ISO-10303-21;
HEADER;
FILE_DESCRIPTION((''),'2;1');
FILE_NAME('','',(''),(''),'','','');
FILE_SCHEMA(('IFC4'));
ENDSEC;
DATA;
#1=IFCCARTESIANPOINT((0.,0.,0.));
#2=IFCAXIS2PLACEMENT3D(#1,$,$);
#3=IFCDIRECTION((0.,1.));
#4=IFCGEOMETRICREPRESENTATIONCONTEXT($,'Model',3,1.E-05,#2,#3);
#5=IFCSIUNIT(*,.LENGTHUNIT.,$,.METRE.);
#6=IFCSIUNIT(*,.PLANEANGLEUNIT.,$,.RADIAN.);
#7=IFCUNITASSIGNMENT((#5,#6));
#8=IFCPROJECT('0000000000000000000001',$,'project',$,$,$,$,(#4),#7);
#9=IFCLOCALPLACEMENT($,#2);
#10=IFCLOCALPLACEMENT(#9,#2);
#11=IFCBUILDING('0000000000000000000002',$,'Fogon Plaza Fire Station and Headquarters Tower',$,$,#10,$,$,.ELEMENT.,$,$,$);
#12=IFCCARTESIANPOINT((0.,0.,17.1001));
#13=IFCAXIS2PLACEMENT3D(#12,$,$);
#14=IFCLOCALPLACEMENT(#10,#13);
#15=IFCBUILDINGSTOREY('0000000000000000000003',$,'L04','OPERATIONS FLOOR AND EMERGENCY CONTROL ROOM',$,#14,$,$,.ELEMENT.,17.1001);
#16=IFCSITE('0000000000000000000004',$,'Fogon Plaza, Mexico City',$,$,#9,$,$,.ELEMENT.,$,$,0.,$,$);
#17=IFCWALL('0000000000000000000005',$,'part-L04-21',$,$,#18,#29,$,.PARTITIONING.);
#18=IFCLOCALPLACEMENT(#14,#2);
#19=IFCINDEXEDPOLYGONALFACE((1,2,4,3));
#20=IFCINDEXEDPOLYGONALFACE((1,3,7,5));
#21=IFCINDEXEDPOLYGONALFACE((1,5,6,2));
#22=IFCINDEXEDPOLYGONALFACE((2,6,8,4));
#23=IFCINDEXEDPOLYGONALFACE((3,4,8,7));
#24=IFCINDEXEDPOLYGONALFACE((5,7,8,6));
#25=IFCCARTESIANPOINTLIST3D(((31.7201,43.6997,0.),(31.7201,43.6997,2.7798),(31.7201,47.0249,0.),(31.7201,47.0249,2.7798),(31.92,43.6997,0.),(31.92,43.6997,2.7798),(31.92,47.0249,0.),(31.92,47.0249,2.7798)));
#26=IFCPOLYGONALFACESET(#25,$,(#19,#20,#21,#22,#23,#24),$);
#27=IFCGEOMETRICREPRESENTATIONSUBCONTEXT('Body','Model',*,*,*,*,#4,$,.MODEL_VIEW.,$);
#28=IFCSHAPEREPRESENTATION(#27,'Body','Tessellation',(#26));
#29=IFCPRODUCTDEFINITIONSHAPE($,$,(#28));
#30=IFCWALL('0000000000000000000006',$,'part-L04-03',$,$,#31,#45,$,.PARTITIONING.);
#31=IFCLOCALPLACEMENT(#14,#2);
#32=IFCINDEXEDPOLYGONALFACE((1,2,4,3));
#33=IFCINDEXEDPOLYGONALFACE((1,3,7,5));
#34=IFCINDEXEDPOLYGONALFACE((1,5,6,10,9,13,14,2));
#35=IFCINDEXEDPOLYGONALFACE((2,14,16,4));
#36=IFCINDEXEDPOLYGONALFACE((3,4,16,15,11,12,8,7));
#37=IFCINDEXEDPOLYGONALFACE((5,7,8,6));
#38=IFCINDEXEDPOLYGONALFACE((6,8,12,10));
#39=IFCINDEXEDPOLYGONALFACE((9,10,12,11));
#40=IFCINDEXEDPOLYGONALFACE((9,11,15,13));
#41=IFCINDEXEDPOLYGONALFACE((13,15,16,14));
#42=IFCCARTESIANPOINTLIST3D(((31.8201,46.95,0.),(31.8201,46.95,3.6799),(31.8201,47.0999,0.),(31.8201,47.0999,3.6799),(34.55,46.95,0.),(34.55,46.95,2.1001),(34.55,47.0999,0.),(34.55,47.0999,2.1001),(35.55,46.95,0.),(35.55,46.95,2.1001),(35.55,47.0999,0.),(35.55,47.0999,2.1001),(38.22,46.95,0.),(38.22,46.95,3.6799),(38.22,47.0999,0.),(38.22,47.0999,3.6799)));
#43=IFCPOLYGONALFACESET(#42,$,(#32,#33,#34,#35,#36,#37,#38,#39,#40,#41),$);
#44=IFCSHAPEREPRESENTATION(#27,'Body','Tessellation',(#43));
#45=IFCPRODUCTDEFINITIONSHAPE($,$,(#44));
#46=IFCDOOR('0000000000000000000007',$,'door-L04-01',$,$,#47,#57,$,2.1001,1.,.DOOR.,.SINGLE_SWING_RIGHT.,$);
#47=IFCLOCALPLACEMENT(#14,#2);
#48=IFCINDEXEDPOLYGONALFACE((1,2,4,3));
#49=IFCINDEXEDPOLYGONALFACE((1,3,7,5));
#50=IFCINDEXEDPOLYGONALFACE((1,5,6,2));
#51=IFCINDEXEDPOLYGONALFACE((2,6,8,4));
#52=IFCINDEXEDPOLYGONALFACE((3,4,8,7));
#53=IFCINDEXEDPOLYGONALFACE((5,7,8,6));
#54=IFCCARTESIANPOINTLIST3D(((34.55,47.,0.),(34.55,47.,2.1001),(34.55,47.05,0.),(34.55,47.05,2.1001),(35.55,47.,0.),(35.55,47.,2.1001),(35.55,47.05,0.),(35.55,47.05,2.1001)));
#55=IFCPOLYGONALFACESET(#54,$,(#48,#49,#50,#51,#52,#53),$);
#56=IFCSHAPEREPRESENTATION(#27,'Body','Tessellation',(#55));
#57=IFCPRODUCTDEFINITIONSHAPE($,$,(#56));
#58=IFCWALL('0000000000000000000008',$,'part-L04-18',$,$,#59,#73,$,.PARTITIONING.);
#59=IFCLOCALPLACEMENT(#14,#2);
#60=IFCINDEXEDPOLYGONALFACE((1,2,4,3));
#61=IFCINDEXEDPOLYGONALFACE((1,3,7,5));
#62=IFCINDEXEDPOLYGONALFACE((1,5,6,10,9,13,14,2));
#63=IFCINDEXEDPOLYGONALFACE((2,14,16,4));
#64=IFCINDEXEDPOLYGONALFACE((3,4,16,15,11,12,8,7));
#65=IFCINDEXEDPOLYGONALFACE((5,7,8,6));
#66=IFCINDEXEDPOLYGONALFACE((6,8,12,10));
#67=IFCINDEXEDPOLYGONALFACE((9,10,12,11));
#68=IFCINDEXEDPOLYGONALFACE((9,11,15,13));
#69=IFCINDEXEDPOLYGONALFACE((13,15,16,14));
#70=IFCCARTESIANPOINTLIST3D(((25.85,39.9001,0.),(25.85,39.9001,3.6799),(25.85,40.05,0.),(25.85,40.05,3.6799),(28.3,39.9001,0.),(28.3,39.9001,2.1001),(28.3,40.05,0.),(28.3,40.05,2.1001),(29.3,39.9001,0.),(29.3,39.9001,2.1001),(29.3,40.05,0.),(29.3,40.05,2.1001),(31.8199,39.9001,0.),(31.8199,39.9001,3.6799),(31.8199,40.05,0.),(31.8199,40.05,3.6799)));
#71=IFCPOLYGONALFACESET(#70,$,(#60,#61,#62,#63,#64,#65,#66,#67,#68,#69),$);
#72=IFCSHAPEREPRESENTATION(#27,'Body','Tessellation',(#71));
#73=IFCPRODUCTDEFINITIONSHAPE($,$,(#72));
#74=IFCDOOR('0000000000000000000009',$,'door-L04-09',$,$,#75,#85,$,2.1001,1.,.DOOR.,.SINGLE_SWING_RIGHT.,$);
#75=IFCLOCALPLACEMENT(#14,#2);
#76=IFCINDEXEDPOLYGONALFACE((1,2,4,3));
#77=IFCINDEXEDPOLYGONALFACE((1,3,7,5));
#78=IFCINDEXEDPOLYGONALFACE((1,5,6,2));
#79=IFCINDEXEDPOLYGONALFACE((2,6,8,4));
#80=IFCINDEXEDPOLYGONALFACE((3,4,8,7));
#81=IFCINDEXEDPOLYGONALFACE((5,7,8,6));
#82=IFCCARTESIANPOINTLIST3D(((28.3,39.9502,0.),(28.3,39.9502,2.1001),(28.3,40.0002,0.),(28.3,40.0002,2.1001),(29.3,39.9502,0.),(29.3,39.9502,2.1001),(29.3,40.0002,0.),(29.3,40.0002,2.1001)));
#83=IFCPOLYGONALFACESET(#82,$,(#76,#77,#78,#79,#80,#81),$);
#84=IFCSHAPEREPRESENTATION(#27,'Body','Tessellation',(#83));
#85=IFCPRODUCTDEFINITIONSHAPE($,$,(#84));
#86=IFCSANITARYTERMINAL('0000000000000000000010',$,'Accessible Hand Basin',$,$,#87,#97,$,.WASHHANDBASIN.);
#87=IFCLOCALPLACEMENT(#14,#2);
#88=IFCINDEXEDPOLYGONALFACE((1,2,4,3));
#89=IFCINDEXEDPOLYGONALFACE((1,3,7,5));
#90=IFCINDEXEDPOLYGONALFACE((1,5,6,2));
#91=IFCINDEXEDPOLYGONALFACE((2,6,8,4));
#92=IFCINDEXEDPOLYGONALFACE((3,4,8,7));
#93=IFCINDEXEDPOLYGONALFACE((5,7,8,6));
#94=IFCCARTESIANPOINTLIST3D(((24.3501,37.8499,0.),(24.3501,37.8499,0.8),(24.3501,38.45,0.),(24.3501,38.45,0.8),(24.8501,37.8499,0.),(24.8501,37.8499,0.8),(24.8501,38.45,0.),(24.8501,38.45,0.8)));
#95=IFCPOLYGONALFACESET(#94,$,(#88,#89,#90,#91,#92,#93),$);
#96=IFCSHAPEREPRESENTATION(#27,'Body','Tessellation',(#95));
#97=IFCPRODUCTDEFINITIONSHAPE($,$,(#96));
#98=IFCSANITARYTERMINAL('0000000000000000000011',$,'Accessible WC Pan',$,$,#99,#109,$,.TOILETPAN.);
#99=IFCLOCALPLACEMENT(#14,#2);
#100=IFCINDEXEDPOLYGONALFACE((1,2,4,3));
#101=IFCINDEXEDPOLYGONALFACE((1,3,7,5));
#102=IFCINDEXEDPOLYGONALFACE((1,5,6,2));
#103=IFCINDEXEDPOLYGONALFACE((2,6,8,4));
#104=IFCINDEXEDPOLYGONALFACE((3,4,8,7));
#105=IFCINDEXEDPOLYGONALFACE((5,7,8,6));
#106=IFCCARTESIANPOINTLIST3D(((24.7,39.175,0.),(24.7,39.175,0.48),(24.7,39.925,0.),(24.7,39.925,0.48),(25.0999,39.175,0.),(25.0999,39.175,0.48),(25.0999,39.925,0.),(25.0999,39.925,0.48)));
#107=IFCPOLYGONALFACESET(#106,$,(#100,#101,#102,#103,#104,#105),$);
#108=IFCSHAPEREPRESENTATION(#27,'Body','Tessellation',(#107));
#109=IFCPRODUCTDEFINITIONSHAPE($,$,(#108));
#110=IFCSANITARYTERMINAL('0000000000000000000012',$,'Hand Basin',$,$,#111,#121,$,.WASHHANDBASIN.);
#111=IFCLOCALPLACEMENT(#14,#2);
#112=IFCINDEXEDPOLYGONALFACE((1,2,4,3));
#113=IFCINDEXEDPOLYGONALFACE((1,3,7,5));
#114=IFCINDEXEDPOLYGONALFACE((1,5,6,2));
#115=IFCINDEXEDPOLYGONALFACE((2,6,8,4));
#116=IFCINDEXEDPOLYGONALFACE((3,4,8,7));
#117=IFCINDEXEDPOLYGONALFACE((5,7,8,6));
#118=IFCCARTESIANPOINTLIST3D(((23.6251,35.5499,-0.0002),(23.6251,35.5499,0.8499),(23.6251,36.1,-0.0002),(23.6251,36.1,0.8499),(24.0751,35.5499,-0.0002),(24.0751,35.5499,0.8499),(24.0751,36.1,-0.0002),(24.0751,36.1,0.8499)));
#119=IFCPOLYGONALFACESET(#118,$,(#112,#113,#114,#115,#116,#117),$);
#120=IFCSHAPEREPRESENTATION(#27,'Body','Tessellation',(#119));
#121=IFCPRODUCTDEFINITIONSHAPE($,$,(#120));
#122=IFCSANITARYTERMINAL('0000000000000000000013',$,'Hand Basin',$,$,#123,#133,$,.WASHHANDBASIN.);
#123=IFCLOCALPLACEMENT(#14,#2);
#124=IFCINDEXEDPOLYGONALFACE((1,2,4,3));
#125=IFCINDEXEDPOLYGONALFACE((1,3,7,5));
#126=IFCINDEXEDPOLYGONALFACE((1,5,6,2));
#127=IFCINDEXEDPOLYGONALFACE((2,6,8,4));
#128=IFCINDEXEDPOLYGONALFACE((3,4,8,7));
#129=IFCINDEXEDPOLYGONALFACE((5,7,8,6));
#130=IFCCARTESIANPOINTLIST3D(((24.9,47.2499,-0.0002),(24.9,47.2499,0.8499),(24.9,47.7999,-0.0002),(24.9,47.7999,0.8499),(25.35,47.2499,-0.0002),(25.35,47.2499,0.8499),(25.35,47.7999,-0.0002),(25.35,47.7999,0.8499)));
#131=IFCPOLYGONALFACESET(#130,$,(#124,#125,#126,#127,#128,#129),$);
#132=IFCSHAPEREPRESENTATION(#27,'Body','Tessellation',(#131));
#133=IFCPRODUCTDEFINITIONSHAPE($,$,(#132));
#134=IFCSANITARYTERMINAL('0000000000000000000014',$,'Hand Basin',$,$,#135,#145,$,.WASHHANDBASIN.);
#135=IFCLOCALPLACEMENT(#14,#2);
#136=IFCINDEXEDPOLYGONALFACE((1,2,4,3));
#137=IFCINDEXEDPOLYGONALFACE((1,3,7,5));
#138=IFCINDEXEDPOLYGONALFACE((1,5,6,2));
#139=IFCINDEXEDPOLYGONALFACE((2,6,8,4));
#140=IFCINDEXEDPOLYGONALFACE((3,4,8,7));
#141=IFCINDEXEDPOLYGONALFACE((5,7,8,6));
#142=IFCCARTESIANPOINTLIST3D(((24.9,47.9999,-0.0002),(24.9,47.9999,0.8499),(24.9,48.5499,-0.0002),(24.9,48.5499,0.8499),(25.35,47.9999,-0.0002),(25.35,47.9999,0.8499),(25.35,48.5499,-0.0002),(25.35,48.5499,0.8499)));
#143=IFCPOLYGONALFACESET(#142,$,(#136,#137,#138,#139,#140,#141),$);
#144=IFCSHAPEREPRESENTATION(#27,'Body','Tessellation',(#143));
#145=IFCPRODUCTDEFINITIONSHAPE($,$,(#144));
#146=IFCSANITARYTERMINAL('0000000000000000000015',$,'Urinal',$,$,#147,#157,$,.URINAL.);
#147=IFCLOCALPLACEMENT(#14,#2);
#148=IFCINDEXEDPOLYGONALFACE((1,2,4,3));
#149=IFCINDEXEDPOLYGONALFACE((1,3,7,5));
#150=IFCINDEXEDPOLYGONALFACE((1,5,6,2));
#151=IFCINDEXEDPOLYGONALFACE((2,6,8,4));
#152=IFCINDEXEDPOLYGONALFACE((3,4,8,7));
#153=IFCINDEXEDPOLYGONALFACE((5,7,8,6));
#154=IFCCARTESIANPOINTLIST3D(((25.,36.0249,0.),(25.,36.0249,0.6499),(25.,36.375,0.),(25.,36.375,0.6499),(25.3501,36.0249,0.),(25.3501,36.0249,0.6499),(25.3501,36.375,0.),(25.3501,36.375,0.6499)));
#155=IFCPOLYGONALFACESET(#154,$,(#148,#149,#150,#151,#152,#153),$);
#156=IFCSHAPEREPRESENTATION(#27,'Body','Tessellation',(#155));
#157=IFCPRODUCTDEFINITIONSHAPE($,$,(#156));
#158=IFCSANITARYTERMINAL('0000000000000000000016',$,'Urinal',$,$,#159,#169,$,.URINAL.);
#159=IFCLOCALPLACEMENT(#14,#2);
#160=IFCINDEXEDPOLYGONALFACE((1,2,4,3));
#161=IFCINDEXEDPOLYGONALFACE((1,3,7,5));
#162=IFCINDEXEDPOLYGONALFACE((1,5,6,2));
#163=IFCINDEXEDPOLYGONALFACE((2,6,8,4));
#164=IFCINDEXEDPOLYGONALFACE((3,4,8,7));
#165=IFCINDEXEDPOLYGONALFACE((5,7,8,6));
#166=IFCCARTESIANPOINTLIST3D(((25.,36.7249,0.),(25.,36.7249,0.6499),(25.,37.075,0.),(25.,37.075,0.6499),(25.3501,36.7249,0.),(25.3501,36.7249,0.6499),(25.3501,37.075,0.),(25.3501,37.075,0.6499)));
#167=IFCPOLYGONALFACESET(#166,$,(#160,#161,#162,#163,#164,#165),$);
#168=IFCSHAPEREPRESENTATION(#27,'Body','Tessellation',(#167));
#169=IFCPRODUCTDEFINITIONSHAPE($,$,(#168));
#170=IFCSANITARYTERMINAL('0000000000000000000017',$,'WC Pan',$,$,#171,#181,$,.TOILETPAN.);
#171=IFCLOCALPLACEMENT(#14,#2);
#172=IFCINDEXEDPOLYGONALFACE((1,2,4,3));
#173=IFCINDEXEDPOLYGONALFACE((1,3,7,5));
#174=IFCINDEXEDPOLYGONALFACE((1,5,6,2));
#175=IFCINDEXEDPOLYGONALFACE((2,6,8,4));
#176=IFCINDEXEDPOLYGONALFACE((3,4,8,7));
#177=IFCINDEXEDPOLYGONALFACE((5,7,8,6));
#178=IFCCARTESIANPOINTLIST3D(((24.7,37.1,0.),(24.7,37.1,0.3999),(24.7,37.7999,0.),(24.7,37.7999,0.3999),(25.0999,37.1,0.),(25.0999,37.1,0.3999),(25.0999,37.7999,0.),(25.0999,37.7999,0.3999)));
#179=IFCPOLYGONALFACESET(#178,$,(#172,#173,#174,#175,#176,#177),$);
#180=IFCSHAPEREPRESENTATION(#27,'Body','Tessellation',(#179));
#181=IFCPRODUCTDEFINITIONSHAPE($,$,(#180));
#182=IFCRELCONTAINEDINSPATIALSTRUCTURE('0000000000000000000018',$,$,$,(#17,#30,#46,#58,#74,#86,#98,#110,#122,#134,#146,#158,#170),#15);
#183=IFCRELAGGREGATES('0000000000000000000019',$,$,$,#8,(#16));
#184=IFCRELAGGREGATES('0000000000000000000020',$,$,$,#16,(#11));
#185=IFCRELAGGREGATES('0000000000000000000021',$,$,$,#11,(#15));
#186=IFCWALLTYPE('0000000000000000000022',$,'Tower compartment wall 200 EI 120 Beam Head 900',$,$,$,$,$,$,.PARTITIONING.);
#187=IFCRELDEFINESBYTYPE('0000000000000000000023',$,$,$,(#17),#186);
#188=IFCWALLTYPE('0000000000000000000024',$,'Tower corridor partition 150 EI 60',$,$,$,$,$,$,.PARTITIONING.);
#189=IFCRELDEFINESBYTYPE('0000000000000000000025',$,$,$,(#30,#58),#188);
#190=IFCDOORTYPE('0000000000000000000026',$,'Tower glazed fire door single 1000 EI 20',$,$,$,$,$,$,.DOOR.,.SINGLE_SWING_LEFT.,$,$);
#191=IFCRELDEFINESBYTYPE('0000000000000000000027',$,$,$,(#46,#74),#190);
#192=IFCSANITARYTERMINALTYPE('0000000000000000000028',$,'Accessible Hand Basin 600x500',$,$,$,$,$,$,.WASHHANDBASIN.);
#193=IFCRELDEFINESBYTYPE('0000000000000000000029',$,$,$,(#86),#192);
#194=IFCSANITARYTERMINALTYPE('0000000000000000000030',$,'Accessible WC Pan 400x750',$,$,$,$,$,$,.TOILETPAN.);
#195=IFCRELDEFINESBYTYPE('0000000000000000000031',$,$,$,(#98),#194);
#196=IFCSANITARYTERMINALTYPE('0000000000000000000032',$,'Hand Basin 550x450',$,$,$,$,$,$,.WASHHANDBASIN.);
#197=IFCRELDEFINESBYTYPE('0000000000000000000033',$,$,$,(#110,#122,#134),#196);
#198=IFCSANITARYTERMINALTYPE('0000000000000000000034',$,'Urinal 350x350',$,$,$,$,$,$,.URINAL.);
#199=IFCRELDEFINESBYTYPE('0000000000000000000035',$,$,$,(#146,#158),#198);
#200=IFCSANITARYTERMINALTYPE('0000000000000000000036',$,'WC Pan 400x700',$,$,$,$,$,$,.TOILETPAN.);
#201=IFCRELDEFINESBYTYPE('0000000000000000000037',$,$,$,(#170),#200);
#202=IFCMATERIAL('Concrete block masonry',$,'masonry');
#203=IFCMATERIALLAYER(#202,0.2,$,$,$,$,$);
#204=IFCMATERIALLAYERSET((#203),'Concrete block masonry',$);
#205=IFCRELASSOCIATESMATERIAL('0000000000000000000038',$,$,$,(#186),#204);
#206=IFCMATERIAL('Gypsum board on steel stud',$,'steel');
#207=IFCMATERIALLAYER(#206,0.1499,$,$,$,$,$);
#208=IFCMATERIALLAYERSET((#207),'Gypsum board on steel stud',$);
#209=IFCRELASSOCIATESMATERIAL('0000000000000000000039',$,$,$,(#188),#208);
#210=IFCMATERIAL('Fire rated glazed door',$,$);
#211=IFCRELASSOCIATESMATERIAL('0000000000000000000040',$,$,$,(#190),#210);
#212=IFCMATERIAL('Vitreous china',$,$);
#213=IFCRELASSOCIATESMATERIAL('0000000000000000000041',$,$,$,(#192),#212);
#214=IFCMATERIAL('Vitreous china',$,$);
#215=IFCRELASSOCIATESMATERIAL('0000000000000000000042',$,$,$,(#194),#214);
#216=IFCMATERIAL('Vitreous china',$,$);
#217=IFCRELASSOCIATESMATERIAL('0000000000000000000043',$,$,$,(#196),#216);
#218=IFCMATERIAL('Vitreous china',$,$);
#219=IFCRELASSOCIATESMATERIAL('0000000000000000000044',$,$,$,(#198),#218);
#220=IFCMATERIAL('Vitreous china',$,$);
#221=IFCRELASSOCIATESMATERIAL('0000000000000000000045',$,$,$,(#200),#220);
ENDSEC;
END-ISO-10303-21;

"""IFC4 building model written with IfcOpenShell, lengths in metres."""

from ifc_helpers import new_model, si_unit, direction, frame, frame_2d, origin, origin_2d, place, context, subcontext, project, spatial, rectangle, extrude, material, layer, layer_set, type_object, element, fill, save


model = new_model("IFC4")

# Units and contexts
model_context = context("Model", 3, precision=1e-05, world=origin(), true_north=direction((0.0, 1.0)))
body_context = subcontext(model_context, "Body", "Model", "MODEL_VIEW")
ifc_project = project(units=[si_unit("LENGTHUNIT", "METRE"), si_unit("PLANEANGLEUNIT", "RADIAN")], contexts=[model_context])

# Site, building, storey
site_placement = place(None, origin())
site = spatial("IfcSite", under=ifc_project, at=site_placement, Name="Fogon Plaza, Mexico City", CompositionType="ELEMENT", RefElevation=0.0)
building_placement = place(site_placement, origin())
building = spatial("IfcBuilding", under=site, at=building_placement, Name="Fogon Plaza Fire Station and Headquarters Tower", CompositionType="ELEMENT")
storey_placement = place(building_placement, frame((0.0, 0.0, 17.1001)))
storey = spatial("IfcBuildingStorey", under=building, at=storey_placement, Name="L04", Description="OPERATIONS FLOOR AND EMERGENCY CONTROL ROOM", CompositionType="ELEMENT", Elevation=17.1001)

# Wall
ifc_material_1 = material(Name="Concrete block masonry", Category="masonry")
ifc_layer_1 = layer(ifc_material_1, 0.2)
ifc_layer_set_1 = layer_set([ifc_layer_1], Name="Concrete block masonry")
wall_type_1 = type_object("IfcWallType", Name="Tower compartment wall 200 EI 120 Beam Head 900", PredefinedType="PARTITIONING", material=ifc_layer_set_1)
wall_1_placement = place(storey_placement, frame((31.8201, 43.6997, 0.0), z_axis=(0.0, 0.0, 1.0), x_axis=(0.0, 1.0, 0.0)))
element("IfcWall", 1, at=wall_1_placement, inside=storey, type_object=wall_type_1, Name="part-L04-21", PredefinedType="PARTITIONING", context=body_context, shape_type="SweptSolid", body=[
    extrude(rectangle(XDim=3.3252, YDim=0.2, at=frame_2d((1.6626, 0.0))), origin(), (0.0, 0.0, 1.0), 2.7798),
])

# Walls, openings, doors
ifc_material_2 = material(Name="Gypsum board on steel stud", Category="steel")
ifc_layer_2 = layer(ifc_material_2, 0.1499)
ifc_layer_set_2 = layer_set([ifc_layer_2], Name="Gypsum board on steel stud")
wall_type_2 = type_object("IfcWallType", Name="Tower corridor partition 150 EI 60", PredefinedType="PARTITIONING", material=ifc_layer_set_2)
wall_2_placement = place(storey_placement, frame((31.8201, 47.0249, 0.0), z_axis=(0.0, 0.0, 1.0), x_axis=(1.0, 0.0, 0.0)))
wall_2 = element("IfcWall", 2, at=wall_2_placement, inside=storey, type_object=wall_type_2, Name="part-L04-03", PredefinedType="PARTITIONING", context=body_context, shape_type="SweptSolid", body=[
    extrude(rectangle(XDim=6.3999, YDim=0.1499, at=frame_2d((3.2, 0.0))), origin(), (0.0, 0.0, 1.0), 3.6799),
])
opening_1_placement = place(wall_2_placement, frame((2.73, 0.0, 0.0)))
opening_1 = element("IfcOpeningElement", 3, at=opening_1_placement, cuts=wall_2, PredefinedType="OPENING", context=body_context, shape_type="SweptSolid", body=[
    extrude(rectangle(XDim=1.0, YDim=2.1001, at=frame_2d((0.5, 1.05))), frame((0.0, 0.085, 0.0), z_axis=(0.0, -1.0, 0.0), x_axis=(1.0, 0.0, 0.0)), (0.0, 0.0, 1.0), 0.1699),
])
ifc_material_3 = material(Name="Fire rated glazed door")
door_type_1 = type_object("IfcDoorType", Name="Tower glazed fire door single 1000 EI 20", OperationType="SINGLE_SWING_LEFT", PredefinedType="DOOR", material=ifc_material_3)
door_1_placement = place(opening_1_placement, frame((1.0, 0.0, 0.0), z_axis=(0.0, 0.0, 1.0), x_axis=(-1.0, 0.0, 0.0)))
door_1 = element("IfcDoor", 4, at=door_1_placement, inside=storey, type_object=door_type_1, Name="door-L04-01", OperationType="SINGLE_SWING_RIGHT", OverallHeight=2.1001, OverallWidth=1.0, PredefinedType="DOOR", context=body_context, shape_type="SweptSolid", body=[
    extrude(rectangle(XDim=1.0, YDim=2.1001, at=frame_2d((0.5, 1.05))), frame((0.0, 0.0249, 0.0), z_axis=(0.0, -1.0, 0.0), x_axis=(1.0, 0.0, 0.0)), (0.0, 0.0, 1.0), 0.05),
])
fill(opening_1, door_1)
wall_3_placement = place(storey_placement, frame((25.8501, 39.9751, 0.0), z_axis=(0.0, 0.0, 1.0), x_axis=(1.0, 0.0, 0.0)))
wall_3 = element("IfcWall", 5, at=wall_3_placement, inside=storey, type_object=wall_type_2, Name="part-L04-18", PredefinedType="PARTITIONING", context=body_context, shape_type="SweptSolid", body=[
    extrude(rectangle(XDim=5.97, YDim=0.1499, at=frame_2d((2.9849, 0.0))), origin(), (0.0, 0.0, 1.0), 3.6799),
])
opening_2_placement = place(wall_3_placement, frame((2.45, 0.0, 0.0)))
opening_2 = element("IfcOpeningElement", 6, at=opening_2_placement, cuts=wall_3, PredefinedType="OPENING", context=body_context, shape_type="SweptSolid", body=[
    extrude(rectangle(XDim=1.0, YDim=2.1001, at=frame_2d((0.5, 1.05))), frame((0.0, 0.085, 0.0), z_axis=(0.0, -1.0, 0.0), x_axis=(1.0, 0.0, 0.0)), (0.0, 0.0, 1.0), 0.1699),
])
door_2_placement = place(opening_2_placement, frame((1.0, 0.0, 0.0), z_axis=(0.0, 0.0, 1.0), x_axis=(-1.0, 0.0, 0.0)))
door_2 = element("IfcDoor", 7, at=door_2_placement, inside=storey, type_object=door_type_1, Name="door-L04-09", OperationType="SINGLE_SWING_RIGHT", OverallHeight=2.1001, OverallWidth=1.0, PredefinedType="DOOR", context=body_context, shape_type="SweptSolid", body=[
    extrude(rectangle(XDim=1.0, YDim=2.1001, at=frame_2d((0.5, 1.05))), frame((0.0, 0.0249, 0.0), z_axis=(0.0, -1.0, 0.0), x_axis=(1.0, 0.0, 0.0)), (0.0, 0.0, 1.0), 0.05),
])
fill(opening_2, door_2)

# Sanitary terminals
ifc_material_4 = material(Name="Vitreous china")
sanitary_terminal_type_1 = type_object("IfcSanitaryTerminalType", Name="Accessible Hand Basin 600x500", PredefinedType="WASHHANDBASIN", material=ifc_material_4)
sanitary_terminal_1_placement = place(storey_placement, frame((24.6001, 38.1499, 0.0), z_axis=(0.0, 0.0, 1.0), x_axis=(1.0, 0.0, 0.0)))
element("IfcSanitaryTerminal", 8, at=sanitary_terminal_1_placement, inside=storey, type_object=sanitary_terminal_type_1, Name="Accessible Hand Basin", PredefinedType="WASHHANDBASIN", context=body_context, shape_type="SweptSolid", body=[
    extrude(rectangle(XDim=0.5, YDim=0.6001, at=origin_2d()), origin(), (0.0, 0.0, 1.0), 0.8),
])
ifc_material_5 = material(Name="Vitreous china")
sanitary_terminal_type_2 = type_object("IfcSanitaryTerminalType", Name="Accessible WC Pan 400x750", PredefinedType="TOILETPAN", material=ifc_material_5)
sanitary_terminal_2_placement = place(storey_placement, frame((24.8999, 39.55, 0.0), z_axis=(0.0, 0.0, 1.0), x_axis=(1.0, 0.0, 0.0)))
element("IfcSanitaryTerminal", 9, at=sanitary_terminal_2_placement, inside=storey, type_object=sanitary_terminal_type_2, Name="Accessible WC Pan", PredefinedType="TOILETPAN", context=body_context, shape_type="SweptSolid", body=[
    extrude(rectangle(XDim=0.3999, YDim=0.75, at=origin_2d()), origin(), (0.0, 0.0, 1.0), 0.48),
])
ifc_material_6 = material(Name="Vitreous china")
sanitary_terminal_type_3 = type_object("IfcSanitaryTerminalType", Name="Hand Basin 550x450", PredefinedType="WASHHANDBASIN", material=ifc_material_6)
for number, where, z_axis, x_axis, name in (
    (10, (23.8501, 35.825, -0.0002), (0.0, 0.0, 1.0), (1.0, 0.0, 0.0), "Hand Basin"),
    (11, (25.125, 47.5249, -0.0002), (0.0, 0.0, 1.0), (1.0, 0.0, 0.0), "Hand Basin"),
    (12, (25.125, 48.2749, -0.0002), (0.0, 0.0, 1.0), (1.0, 0.0, 0.0), "Hand Basin"),
):
    element("IfcSanitaryTerminal", number, at=place(storey_placement, frame(where, z_axis=z_axis, x_axis=x_axis)), inside=storey, type_object=sanitary_terminal_type_3, Name=name, PredefinedType="WASHHANDBASIN", context=body_context, shape_type="SweptSolid", body=[
        extrude(rectangle(XDim=0.45, YDim=0.55, at=origin_2d()), origin(), (0.0, 0.0, 1.0), 0.8501),
    ])
ifc_material_7 = material(Name="Vitreous china")
sanitary_terminal_type_4 = type_object("IfcSanitaryTerminalType", Name="Urinal 350x350", PredefinedType="URINAL", material=ifc_material_7)
for number, where, z_axis, x_axis, name in (
    (13, (25.175, 36.2, 0.0), (0.0, 0.0, 1.0), (1.0, 0.0, 0.0), "Urinal"),
    (14, (25.175, 36.8999, 0.0), (0.0, 0.0, 1.0), (1.0, 0.0, 0.0), "Urinal"),
):
    element("IfcSanitaryTerminal", number, at=place(storey_placement, frame(where, z_axis=z_axis, x_axis=x_axis)), inside=storey, type_object=sanitary_terminal_type_4, Name=name, PredefinedType="URINAL", context=body_context, shape_type="SweptSolid", body=[
        extrude(rectangle(XDim=0.3501, YDim=0.3501, at=origin_2d()), origin(), (0.0, 0.0, 1.0), 0.6499),
    ])
ifc_material_8 = material(Name="Vitreous china")
sanitary_terminal_type_5 = type_object("IfcSanitaryTerminalType", Name="WC Pan 400x700", PredefinedType="TOILETPAN", material=ifc_material_8)
for number, where, z_axis, x_axis, name in (
    (15, (24.8999, 37.45, 0.0), (0.0, 0.0, 1.0), (1.0, 0.0, 0.0), "WC Pan"),
):
    element("IfcSanitaryTerminal", number, at=place(storey_placement, frame(where, z_axis=z_axis, x_axis=x_axis)), inside=storey, type_object=sanitary_terminal_type_5, Name=name, PredefinedType="TOILETPAN", context=body_context, shape_type="SweptSolid", body=[
        extrude(rectangle(XDim=0.3999, YDim=0.7, at=origin_2d()), origin(), (0.0, 0.0, 1.0), 0.3999),
    ])

save(model, "model.ifc")
